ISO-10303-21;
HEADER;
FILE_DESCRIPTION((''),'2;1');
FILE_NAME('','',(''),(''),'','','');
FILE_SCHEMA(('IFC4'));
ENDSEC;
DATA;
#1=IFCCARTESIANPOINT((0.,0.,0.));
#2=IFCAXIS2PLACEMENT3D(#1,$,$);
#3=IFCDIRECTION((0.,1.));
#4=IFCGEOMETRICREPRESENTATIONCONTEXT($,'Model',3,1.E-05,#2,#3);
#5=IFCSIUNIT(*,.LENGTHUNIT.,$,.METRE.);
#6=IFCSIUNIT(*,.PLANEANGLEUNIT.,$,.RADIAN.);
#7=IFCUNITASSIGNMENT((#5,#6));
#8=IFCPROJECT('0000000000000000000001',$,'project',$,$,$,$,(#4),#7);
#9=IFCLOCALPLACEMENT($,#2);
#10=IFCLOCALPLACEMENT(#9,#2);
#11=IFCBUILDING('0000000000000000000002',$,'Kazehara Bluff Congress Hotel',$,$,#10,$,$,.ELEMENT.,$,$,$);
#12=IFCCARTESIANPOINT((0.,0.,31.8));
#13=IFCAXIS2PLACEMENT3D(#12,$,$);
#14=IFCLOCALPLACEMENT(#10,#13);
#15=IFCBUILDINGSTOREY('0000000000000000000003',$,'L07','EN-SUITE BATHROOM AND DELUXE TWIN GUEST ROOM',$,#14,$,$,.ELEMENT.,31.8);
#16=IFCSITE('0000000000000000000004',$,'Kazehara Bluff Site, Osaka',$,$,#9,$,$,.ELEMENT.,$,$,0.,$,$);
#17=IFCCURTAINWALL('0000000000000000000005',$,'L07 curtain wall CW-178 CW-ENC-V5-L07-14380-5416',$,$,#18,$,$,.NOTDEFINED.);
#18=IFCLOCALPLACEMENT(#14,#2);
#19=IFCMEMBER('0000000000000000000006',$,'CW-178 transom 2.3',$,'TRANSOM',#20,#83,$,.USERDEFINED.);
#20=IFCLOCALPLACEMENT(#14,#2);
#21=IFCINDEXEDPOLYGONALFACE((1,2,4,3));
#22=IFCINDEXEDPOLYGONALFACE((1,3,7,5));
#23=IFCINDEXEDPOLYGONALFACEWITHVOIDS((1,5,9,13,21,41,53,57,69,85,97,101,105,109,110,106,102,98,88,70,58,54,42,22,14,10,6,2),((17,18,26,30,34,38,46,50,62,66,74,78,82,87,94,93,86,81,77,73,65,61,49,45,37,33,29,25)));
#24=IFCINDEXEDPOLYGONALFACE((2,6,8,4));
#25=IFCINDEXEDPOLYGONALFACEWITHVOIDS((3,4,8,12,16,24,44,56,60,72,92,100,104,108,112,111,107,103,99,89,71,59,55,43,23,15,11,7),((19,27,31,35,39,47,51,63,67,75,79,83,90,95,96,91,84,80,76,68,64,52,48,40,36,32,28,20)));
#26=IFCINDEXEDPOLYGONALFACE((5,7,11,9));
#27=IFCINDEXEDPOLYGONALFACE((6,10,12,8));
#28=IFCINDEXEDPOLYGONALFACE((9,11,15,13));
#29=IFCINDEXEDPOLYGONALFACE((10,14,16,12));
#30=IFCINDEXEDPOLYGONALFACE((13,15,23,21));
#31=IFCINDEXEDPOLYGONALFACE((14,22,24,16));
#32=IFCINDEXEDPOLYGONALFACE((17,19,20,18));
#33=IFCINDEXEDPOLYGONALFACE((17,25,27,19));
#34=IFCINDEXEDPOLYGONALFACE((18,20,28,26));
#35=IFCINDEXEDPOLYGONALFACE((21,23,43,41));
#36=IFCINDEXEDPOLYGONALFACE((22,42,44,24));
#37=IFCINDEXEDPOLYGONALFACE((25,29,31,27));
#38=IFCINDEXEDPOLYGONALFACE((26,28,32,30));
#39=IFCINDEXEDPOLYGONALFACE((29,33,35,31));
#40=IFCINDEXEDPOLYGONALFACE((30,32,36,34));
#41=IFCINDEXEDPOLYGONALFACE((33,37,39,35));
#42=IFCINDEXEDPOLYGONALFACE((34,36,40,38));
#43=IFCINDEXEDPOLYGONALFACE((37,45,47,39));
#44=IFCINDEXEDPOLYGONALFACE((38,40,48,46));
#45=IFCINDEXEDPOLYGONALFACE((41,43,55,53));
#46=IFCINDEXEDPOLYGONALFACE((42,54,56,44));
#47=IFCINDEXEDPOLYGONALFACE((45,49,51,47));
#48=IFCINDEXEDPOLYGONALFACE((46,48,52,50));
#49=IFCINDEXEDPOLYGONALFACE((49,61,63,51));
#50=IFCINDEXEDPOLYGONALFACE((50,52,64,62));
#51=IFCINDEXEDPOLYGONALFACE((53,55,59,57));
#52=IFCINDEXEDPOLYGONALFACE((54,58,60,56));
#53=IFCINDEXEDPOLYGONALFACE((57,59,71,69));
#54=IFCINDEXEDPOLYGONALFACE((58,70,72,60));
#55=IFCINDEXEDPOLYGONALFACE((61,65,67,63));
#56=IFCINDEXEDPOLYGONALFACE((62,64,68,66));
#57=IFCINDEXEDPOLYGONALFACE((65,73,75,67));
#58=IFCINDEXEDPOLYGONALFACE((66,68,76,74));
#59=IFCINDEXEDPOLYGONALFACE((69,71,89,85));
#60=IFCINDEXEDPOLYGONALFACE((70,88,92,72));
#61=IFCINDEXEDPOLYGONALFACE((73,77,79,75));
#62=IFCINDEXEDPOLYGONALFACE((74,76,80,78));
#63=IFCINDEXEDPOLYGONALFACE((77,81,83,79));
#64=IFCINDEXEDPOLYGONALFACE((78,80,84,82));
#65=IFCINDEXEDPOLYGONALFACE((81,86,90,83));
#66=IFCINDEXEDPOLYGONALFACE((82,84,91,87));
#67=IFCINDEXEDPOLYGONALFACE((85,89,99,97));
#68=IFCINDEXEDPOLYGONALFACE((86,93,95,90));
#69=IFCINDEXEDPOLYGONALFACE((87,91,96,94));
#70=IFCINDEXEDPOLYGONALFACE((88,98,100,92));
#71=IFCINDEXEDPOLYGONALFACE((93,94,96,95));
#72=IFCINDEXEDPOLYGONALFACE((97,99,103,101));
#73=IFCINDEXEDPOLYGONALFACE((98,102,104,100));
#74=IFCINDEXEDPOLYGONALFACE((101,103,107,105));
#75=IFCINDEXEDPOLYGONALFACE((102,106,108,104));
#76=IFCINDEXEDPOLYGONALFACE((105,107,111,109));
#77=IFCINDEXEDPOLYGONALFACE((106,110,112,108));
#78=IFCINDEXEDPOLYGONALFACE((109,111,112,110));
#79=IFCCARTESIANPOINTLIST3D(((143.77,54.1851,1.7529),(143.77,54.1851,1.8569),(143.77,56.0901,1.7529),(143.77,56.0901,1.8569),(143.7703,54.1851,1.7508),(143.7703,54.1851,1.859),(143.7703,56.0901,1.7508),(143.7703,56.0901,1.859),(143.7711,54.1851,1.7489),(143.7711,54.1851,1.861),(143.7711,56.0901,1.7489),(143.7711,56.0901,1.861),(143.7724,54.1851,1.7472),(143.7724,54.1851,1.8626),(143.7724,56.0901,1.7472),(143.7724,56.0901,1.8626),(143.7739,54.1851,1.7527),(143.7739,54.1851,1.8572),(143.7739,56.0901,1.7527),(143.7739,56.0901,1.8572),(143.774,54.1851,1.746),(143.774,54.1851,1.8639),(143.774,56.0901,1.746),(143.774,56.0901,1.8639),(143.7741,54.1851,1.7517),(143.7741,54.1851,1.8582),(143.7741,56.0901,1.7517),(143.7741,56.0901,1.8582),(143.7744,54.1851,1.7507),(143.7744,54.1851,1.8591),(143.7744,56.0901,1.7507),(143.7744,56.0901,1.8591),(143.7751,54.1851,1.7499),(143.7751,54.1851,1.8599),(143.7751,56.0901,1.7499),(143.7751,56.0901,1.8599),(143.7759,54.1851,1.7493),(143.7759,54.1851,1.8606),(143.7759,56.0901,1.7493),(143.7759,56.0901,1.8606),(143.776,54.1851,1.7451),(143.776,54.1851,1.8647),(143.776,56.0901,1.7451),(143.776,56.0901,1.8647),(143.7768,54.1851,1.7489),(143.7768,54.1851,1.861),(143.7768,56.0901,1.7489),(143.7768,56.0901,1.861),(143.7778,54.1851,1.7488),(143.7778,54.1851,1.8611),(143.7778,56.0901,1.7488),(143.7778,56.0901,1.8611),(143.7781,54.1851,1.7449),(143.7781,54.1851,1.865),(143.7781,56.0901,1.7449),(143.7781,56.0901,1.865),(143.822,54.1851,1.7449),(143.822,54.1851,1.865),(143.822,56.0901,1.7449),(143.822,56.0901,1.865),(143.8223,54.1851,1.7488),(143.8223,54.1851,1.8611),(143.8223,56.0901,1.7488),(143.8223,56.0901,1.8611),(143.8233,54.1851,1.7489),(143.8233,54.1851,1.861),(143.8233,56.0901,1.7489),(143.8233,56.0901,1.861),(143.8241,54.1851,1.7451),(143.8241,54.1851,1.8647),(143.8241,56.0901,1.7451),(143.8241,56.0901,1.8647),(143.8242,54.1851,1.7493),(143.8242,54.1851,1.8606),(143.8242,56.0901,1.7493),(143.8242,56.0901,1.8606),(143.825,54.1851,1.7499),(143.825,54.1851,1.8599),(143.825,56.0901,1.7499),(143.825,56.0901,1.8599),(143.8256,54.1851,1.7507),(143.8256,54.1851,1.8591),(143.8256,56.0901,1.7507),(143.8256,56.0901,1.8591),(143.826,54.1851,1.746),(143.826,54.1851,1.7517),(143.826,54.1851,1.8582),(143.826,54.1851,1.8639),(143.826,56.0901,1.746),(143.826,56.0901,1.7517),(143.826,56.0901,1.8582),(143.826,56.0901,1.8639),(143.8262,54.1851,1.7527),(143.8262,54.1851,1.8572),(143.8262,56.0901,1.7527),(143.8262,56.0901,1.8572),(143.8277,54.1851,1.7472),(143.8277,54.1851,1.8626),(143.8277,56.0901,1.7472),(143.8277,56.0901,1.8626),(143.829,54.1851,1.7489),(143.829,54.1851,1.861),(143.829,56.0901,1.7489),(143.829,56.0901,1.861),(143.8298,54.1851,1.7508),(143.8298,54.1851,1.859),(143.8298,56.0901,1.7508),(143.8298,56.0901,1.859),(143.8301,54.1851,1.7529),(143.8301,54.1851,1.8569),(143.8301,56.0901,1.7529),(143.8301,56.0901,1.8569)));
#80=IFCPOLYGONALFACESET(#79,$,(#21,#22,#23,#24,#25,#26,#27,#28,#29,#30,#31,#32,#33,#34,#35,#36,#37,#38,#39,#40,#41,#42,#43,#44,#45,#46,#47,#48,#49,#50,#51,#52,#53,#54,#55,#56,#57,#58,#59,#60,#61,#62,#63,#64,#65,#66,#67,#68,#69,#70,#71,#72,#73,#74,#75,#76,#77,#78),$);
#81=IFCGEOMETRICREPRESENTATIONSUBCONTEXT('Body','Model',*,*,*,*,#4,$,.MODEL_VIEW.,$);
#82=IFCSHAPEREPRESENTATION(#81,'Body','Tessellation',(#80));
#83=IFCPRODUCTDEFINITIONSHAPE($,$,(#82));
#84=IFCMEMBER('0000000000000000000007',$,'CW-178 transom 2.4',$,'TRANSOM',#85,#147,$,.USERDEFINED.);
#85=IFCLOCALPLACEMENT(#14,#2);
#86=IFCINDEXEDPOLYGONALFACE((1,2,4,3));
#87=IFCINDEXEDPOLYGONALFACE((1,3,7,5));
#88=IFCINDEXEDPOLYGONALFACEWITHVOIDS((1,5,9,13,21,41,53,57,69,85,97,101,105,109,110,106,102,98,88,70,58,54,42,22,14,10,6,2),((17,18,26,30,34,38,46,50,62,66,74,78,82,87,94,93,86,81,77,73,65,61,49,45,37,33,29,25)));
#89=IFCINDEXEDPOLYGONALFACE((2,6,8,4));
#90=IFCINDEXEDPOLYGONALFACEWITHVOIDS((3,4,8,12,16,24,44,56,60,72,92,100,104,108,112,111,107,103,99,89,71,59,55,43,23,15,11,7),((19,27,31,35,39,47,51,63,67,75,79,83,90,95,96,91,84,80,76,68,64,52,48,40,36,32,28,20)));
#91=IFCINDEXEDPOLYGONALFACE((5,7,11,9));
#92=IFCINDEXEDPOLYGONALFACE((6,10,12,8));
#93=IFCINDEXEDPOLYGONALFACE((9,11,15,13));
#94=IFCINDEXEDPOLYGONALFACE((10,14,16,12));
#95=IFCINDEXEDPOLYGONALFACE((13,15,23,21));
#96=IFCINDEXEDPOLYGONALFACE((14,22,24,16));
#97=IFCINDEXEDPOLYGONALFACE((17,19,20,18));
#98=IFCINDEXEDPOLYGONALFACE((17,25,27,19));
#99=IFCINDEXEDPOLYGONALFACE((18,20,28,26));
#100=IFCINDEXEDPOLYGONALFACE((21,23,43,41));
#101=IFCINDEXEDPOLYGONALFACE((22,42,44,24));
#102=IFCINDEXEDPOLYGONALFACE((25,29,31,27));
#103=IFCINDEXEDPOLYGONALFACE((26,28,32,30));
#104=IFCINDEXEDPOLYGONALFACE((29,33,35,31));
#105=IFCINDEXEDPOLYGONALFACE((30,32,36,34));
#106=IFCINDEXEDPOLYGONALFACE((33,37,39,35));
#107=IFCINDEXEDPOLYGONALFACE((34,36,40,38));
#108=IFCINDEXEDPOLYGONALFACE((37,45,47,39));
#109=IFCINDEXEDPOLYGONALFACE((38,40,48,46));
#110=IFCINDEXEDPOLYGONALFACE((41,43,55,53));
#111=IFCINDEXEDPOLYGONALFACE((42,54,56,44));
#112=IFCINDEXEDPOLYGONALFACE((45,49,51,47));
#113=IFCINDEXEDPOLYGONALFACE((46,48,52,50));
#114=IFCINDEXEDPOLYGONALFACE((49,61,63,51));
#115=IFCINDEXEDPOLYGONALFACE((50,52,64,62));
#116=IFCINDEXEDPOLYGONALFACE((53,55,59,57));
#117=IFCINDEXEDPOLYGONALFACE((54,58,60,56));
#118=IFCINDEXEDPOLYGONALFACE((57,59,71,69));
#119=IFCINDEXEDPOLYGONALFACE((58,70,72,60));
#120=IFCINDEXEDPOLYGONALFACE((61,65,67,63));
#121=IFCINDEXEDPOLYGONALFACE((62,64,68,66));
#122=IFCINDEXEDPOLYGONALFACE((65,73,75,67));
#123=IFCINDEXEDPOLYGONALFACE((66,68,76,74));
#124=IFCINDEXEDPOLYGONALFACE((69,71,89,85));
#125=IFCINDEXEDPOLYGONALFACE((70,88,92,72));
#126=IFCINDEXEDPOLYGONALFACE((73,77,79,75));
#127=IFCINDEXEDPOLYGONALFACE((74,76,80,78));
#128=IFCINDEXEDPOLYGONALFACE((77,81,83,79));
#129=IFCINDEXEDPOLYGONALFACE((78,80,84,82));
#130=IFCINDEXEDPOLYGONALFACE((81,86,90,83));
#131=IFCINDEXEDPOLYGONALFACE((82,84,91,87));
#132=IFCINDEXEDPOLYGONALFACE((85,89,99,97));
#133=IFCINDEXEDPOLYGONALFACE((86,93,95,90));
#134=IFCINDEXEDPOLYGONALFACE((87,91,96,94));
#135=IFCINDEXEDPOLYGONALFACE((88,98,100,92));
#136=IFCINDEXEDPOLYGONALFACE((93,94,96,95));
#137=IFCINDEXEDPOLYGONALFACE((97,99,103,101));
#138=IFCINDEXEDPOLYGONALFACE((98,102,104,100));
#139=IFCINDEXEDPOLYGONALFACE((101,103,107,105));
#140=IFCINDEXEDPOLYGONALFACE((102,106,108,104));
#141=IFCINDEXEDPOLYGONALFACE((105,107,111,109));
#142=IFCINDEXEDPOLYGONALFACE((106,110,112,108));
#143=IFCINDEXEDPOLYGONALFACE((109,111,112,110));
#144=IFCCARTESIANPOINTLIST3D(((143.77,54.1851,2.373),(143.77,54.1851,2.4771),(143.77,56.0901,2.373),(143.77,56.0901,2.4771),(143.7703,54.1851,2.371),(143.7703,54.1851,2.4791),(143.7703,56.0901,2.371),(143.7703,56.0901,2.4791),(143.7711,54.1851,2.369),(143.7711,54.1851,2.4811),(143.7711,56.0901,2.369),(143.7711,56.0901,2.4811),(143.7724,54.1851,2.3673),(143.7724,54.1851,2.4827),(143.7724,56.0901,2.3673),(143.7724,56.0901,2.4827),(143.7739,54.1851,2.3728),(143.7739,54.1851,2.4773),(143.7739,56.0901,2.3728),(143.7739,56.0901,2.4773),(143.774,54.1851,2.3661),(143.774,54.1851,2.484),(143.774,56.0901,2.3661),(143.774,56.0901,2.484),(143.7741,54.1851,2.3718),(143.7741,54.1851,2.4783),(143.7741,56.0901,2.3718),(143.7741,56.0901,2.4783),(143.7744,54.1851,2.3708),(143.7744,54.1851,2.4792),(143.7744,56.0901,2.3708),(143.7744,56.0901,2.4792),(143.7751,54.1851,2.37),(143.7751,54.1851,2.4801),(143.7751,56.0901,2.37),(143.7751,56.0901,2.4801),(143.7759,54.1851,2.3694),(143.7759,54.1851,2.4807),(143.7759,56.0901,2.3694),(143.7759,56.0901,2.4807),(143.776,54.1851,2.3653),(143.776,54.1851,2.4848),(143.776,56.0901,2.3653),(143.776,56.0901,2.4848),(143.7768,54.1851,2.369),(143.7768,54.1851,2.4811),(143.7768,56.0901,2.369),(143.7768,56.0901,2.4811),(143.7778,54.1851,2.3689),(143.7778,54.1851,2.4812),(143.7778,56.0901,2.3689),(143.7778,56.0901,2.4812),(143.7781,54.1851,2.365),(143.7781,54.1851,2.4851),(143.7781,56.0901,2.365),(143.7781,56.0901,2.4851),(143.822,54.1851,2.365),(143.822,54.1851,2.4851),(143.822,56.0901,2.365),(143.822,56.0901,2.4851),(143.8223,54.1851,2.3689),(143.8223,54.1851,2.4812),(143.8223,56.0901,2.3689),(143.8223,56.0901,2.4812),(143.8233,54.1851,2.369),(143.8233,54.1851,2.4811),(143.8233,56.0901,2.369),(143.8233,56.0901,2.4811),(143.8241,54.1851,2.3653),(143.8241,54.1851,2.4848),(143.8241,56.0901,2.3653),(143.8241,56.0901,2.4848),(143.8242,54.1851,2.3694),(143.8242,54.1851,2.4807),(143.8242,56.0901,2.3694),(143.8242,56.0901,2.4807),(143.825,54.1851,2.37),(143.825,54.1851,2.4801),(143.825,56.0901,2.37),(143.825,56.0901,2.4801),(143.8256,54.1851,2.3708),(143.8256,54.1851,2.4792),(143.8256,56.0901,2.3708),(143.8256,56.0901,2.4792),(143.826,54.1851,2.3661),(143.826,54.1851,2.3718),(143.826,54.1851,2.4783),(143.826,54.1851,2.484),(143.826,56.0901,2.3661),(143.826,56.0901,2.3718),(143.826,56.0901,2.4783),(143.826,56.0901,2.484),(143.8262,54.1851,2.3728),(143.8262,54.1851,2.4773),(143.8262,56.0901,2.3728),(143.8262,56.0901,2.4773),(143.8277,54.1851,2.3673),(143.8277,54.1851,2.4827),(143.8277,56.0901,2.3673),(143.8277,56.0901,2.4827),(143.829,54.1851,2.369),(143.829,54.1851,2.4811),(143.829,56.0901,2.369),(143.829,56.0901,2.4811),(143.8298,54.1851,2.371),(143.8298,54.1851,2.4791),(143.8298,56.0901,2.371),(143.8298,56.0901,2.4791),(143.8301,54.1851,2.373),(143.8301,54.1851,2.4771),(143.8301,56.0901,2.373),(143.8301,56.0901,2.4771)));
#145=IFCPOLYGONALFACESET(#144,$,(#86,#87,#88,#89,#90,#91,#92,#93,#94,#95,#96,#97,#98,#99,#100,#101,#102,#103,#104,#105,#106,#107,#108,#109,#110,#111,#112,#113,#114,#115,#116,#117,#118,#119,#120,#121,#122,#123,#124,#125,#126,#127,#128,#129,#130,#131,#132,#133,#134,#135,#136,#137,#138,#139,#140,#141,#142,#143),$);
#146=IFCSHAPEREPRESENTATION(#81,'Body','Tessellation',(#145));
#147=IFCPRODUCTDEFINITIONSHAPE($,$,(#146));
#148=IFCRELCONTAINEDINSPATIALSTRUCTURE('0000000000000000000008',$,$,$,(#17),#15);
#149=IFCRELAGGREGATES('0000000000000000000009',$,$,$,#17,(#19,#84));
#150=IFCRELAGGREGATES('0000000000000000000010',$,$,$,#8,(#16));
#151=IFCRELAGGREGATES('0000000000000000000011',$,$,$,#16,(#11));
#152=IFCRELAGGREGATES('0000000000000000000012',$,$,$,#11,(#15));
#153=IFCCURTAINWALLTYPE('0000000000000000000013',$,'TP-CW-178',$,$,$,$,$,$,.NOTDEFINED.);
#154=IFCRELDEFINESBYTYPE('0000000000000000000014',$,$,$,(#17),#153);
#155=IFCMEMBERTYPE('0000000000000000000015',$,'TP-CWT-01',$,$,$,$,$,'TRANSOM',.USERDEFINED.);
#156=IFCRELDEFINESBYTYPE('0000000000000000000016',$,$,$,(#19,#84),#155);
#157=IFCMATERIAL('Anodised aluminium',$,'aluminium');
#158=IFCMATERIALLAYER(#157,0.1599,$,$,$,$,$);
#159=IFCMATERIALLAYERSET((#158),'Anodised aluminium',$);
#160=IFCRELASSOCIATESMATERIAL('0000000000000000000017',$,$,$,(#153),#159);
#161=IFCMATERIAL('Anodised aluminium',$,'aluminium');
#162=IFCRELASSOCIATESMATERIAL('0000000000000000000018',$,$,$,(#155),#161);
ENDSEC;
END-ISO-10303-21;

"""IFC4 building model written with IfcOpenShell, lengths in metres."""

from ifc_helpers import new_model, si_unit, direction, frame, origin, origin_2d, place, context, subcontext, project, spatial, hollow_rectangle, extrude, material, layer, layer_set, material_profile, profile_set, type_object, element, aggregate, save


model = new_model("IFC4")

# Units and contexts
model_context = context("Model", 3, precision=1e-05, world=origin(), true_north=direction((0.0, 1.0)))
body_context = subcontext(model_context, "Body", "Model", "MODEL_VIEW")
ifc_project = project(units=[si_unit("LENGTHUNIT", "METRE"), si_unit("PLANEANGLEUNIT", "RADIAN")], contexts=[model_context])

# Site, building, storey
site_placement = place(None, origin())
site = spatial("IfcSite", under=ifc_project, at=site_placement, Name="Kazehara Bluff Site, Osaka", CompositionType="ELEMENT", RefElevation=0.0)
building_placement = place(site_placement, origin())
building = spatial("IfcBuilding", under=site, at=building_placement, Name="Kazehara Bluff Congress Hotel", CompositionType="ELEMENT")
storey_placement = place(building_placement, frame((0.0, 0.0, 31.8)))
storey = spatial("IfcBuildingStorey", under=building, at=storey_placement, Name="L07", Description="EN-SUITE BATHROOM AND DELUXE TWIN GUEST ROOM", CompositionType="ELEMENT", Elevation=31.8)

# Curtain wall
ifc_material_1 = material(Name="Anodised aluminium", Category="aluminium")
ifc_layer_1 = layer(ifc_material_1, 0.1599)
ifc_layer_set_1 = layer_set([ifc_layer_1], Name="Anodised aluminium")
curtain_wall_type_1 = type_object("IfcCurtainWallType", Name="TP-CW-178", PredefinedType="NOTDEFINED", material=ifc_layer_set_1)
curtain_wall_1_placement = place(storey_placement, origin())
curtain_wall_1 = element("IfcCurtainWall", 1, at=curtain_wall_1_placement, inside=storey, type_object=curtain_wall_type_1, Name="L07 curtain wall CW-178 CW-ENC-V5-L07-14380-5416", PredefinedType="NOTDEFINED")

# Members
ifc_material_2 = material(Name="Anodised aluminium", Category="aluminium")
ifc_material_profile_1 = material_profile(ifc_material_2, hollow_rectangle(XDim=0.0601, YDim=0.1201, WallThickness=0.0039, InnerFilletRadius=0.0039, OuterFilletRadius=0.0081, at=origin_2d()))
ifc_profile_set_1 = profile_set([ifc_material_profile_1], Name="Anodised aluminium")
member_type_1 = type_object("IfcMemberType", Name="TP-CWT-01", ElementType="TRANSOM", PredefinedType="USERDEFINED", material=ifc_profile_set_1)
member_1_placement = place(storey_placement, frame((143.8, 54.1851, 1.8049), z_axis=(0.0, 1.0, 0.0), x_axis=(-1.0, 0.0, 0.0)))
member_1 = element("IfcMember", 2, at=member_1_placement, type_object=member_type_1, Name="CW-178 transom 2.3", ObjectType="TRANSOM", PredefinedType="USERDEFINED", context=body_context, shape_type="SweptSolid", body=[
    extrude(hollow_rectangle(XDim=0.0601, YDim=0.1201, WallThickness=0.0039, InnerFilletRadius=0.0039, OuterFilletRadius=0.0081, at=origin_2d()), origin(), (0.0, 0.0, 1.0), 1.905),
])
member_2_placement = place(storey_placement, frame((143.8, 54.1851, 2.425), z_axis=(0.0, 1.0, 0.0), x_axis=(-1.0, 0.0, 0.0)))
member_2 = element("IfcMember", 3, at=member_2_placement, type_object=member_type_1, Name="CW-178 transom 2.4", ObjectType="TRANSOM", PredefinedType="USERDEFINED", context=body_context, shape_type="SweptSolid", body=[
    extrude(hollow_rectangle(XDim=0.0601, YDim=0.1201, WallThickness=0.0039, InnerFilletRadius=0.0039, OuterFilletRadius=0.0081, at=origin_2d()), origin(), (0.0, 0.0, 1.0), 1.905),
])

aggregate(curtain_wall_1, [member_1, member_2])

save(model, "model.ifc")
